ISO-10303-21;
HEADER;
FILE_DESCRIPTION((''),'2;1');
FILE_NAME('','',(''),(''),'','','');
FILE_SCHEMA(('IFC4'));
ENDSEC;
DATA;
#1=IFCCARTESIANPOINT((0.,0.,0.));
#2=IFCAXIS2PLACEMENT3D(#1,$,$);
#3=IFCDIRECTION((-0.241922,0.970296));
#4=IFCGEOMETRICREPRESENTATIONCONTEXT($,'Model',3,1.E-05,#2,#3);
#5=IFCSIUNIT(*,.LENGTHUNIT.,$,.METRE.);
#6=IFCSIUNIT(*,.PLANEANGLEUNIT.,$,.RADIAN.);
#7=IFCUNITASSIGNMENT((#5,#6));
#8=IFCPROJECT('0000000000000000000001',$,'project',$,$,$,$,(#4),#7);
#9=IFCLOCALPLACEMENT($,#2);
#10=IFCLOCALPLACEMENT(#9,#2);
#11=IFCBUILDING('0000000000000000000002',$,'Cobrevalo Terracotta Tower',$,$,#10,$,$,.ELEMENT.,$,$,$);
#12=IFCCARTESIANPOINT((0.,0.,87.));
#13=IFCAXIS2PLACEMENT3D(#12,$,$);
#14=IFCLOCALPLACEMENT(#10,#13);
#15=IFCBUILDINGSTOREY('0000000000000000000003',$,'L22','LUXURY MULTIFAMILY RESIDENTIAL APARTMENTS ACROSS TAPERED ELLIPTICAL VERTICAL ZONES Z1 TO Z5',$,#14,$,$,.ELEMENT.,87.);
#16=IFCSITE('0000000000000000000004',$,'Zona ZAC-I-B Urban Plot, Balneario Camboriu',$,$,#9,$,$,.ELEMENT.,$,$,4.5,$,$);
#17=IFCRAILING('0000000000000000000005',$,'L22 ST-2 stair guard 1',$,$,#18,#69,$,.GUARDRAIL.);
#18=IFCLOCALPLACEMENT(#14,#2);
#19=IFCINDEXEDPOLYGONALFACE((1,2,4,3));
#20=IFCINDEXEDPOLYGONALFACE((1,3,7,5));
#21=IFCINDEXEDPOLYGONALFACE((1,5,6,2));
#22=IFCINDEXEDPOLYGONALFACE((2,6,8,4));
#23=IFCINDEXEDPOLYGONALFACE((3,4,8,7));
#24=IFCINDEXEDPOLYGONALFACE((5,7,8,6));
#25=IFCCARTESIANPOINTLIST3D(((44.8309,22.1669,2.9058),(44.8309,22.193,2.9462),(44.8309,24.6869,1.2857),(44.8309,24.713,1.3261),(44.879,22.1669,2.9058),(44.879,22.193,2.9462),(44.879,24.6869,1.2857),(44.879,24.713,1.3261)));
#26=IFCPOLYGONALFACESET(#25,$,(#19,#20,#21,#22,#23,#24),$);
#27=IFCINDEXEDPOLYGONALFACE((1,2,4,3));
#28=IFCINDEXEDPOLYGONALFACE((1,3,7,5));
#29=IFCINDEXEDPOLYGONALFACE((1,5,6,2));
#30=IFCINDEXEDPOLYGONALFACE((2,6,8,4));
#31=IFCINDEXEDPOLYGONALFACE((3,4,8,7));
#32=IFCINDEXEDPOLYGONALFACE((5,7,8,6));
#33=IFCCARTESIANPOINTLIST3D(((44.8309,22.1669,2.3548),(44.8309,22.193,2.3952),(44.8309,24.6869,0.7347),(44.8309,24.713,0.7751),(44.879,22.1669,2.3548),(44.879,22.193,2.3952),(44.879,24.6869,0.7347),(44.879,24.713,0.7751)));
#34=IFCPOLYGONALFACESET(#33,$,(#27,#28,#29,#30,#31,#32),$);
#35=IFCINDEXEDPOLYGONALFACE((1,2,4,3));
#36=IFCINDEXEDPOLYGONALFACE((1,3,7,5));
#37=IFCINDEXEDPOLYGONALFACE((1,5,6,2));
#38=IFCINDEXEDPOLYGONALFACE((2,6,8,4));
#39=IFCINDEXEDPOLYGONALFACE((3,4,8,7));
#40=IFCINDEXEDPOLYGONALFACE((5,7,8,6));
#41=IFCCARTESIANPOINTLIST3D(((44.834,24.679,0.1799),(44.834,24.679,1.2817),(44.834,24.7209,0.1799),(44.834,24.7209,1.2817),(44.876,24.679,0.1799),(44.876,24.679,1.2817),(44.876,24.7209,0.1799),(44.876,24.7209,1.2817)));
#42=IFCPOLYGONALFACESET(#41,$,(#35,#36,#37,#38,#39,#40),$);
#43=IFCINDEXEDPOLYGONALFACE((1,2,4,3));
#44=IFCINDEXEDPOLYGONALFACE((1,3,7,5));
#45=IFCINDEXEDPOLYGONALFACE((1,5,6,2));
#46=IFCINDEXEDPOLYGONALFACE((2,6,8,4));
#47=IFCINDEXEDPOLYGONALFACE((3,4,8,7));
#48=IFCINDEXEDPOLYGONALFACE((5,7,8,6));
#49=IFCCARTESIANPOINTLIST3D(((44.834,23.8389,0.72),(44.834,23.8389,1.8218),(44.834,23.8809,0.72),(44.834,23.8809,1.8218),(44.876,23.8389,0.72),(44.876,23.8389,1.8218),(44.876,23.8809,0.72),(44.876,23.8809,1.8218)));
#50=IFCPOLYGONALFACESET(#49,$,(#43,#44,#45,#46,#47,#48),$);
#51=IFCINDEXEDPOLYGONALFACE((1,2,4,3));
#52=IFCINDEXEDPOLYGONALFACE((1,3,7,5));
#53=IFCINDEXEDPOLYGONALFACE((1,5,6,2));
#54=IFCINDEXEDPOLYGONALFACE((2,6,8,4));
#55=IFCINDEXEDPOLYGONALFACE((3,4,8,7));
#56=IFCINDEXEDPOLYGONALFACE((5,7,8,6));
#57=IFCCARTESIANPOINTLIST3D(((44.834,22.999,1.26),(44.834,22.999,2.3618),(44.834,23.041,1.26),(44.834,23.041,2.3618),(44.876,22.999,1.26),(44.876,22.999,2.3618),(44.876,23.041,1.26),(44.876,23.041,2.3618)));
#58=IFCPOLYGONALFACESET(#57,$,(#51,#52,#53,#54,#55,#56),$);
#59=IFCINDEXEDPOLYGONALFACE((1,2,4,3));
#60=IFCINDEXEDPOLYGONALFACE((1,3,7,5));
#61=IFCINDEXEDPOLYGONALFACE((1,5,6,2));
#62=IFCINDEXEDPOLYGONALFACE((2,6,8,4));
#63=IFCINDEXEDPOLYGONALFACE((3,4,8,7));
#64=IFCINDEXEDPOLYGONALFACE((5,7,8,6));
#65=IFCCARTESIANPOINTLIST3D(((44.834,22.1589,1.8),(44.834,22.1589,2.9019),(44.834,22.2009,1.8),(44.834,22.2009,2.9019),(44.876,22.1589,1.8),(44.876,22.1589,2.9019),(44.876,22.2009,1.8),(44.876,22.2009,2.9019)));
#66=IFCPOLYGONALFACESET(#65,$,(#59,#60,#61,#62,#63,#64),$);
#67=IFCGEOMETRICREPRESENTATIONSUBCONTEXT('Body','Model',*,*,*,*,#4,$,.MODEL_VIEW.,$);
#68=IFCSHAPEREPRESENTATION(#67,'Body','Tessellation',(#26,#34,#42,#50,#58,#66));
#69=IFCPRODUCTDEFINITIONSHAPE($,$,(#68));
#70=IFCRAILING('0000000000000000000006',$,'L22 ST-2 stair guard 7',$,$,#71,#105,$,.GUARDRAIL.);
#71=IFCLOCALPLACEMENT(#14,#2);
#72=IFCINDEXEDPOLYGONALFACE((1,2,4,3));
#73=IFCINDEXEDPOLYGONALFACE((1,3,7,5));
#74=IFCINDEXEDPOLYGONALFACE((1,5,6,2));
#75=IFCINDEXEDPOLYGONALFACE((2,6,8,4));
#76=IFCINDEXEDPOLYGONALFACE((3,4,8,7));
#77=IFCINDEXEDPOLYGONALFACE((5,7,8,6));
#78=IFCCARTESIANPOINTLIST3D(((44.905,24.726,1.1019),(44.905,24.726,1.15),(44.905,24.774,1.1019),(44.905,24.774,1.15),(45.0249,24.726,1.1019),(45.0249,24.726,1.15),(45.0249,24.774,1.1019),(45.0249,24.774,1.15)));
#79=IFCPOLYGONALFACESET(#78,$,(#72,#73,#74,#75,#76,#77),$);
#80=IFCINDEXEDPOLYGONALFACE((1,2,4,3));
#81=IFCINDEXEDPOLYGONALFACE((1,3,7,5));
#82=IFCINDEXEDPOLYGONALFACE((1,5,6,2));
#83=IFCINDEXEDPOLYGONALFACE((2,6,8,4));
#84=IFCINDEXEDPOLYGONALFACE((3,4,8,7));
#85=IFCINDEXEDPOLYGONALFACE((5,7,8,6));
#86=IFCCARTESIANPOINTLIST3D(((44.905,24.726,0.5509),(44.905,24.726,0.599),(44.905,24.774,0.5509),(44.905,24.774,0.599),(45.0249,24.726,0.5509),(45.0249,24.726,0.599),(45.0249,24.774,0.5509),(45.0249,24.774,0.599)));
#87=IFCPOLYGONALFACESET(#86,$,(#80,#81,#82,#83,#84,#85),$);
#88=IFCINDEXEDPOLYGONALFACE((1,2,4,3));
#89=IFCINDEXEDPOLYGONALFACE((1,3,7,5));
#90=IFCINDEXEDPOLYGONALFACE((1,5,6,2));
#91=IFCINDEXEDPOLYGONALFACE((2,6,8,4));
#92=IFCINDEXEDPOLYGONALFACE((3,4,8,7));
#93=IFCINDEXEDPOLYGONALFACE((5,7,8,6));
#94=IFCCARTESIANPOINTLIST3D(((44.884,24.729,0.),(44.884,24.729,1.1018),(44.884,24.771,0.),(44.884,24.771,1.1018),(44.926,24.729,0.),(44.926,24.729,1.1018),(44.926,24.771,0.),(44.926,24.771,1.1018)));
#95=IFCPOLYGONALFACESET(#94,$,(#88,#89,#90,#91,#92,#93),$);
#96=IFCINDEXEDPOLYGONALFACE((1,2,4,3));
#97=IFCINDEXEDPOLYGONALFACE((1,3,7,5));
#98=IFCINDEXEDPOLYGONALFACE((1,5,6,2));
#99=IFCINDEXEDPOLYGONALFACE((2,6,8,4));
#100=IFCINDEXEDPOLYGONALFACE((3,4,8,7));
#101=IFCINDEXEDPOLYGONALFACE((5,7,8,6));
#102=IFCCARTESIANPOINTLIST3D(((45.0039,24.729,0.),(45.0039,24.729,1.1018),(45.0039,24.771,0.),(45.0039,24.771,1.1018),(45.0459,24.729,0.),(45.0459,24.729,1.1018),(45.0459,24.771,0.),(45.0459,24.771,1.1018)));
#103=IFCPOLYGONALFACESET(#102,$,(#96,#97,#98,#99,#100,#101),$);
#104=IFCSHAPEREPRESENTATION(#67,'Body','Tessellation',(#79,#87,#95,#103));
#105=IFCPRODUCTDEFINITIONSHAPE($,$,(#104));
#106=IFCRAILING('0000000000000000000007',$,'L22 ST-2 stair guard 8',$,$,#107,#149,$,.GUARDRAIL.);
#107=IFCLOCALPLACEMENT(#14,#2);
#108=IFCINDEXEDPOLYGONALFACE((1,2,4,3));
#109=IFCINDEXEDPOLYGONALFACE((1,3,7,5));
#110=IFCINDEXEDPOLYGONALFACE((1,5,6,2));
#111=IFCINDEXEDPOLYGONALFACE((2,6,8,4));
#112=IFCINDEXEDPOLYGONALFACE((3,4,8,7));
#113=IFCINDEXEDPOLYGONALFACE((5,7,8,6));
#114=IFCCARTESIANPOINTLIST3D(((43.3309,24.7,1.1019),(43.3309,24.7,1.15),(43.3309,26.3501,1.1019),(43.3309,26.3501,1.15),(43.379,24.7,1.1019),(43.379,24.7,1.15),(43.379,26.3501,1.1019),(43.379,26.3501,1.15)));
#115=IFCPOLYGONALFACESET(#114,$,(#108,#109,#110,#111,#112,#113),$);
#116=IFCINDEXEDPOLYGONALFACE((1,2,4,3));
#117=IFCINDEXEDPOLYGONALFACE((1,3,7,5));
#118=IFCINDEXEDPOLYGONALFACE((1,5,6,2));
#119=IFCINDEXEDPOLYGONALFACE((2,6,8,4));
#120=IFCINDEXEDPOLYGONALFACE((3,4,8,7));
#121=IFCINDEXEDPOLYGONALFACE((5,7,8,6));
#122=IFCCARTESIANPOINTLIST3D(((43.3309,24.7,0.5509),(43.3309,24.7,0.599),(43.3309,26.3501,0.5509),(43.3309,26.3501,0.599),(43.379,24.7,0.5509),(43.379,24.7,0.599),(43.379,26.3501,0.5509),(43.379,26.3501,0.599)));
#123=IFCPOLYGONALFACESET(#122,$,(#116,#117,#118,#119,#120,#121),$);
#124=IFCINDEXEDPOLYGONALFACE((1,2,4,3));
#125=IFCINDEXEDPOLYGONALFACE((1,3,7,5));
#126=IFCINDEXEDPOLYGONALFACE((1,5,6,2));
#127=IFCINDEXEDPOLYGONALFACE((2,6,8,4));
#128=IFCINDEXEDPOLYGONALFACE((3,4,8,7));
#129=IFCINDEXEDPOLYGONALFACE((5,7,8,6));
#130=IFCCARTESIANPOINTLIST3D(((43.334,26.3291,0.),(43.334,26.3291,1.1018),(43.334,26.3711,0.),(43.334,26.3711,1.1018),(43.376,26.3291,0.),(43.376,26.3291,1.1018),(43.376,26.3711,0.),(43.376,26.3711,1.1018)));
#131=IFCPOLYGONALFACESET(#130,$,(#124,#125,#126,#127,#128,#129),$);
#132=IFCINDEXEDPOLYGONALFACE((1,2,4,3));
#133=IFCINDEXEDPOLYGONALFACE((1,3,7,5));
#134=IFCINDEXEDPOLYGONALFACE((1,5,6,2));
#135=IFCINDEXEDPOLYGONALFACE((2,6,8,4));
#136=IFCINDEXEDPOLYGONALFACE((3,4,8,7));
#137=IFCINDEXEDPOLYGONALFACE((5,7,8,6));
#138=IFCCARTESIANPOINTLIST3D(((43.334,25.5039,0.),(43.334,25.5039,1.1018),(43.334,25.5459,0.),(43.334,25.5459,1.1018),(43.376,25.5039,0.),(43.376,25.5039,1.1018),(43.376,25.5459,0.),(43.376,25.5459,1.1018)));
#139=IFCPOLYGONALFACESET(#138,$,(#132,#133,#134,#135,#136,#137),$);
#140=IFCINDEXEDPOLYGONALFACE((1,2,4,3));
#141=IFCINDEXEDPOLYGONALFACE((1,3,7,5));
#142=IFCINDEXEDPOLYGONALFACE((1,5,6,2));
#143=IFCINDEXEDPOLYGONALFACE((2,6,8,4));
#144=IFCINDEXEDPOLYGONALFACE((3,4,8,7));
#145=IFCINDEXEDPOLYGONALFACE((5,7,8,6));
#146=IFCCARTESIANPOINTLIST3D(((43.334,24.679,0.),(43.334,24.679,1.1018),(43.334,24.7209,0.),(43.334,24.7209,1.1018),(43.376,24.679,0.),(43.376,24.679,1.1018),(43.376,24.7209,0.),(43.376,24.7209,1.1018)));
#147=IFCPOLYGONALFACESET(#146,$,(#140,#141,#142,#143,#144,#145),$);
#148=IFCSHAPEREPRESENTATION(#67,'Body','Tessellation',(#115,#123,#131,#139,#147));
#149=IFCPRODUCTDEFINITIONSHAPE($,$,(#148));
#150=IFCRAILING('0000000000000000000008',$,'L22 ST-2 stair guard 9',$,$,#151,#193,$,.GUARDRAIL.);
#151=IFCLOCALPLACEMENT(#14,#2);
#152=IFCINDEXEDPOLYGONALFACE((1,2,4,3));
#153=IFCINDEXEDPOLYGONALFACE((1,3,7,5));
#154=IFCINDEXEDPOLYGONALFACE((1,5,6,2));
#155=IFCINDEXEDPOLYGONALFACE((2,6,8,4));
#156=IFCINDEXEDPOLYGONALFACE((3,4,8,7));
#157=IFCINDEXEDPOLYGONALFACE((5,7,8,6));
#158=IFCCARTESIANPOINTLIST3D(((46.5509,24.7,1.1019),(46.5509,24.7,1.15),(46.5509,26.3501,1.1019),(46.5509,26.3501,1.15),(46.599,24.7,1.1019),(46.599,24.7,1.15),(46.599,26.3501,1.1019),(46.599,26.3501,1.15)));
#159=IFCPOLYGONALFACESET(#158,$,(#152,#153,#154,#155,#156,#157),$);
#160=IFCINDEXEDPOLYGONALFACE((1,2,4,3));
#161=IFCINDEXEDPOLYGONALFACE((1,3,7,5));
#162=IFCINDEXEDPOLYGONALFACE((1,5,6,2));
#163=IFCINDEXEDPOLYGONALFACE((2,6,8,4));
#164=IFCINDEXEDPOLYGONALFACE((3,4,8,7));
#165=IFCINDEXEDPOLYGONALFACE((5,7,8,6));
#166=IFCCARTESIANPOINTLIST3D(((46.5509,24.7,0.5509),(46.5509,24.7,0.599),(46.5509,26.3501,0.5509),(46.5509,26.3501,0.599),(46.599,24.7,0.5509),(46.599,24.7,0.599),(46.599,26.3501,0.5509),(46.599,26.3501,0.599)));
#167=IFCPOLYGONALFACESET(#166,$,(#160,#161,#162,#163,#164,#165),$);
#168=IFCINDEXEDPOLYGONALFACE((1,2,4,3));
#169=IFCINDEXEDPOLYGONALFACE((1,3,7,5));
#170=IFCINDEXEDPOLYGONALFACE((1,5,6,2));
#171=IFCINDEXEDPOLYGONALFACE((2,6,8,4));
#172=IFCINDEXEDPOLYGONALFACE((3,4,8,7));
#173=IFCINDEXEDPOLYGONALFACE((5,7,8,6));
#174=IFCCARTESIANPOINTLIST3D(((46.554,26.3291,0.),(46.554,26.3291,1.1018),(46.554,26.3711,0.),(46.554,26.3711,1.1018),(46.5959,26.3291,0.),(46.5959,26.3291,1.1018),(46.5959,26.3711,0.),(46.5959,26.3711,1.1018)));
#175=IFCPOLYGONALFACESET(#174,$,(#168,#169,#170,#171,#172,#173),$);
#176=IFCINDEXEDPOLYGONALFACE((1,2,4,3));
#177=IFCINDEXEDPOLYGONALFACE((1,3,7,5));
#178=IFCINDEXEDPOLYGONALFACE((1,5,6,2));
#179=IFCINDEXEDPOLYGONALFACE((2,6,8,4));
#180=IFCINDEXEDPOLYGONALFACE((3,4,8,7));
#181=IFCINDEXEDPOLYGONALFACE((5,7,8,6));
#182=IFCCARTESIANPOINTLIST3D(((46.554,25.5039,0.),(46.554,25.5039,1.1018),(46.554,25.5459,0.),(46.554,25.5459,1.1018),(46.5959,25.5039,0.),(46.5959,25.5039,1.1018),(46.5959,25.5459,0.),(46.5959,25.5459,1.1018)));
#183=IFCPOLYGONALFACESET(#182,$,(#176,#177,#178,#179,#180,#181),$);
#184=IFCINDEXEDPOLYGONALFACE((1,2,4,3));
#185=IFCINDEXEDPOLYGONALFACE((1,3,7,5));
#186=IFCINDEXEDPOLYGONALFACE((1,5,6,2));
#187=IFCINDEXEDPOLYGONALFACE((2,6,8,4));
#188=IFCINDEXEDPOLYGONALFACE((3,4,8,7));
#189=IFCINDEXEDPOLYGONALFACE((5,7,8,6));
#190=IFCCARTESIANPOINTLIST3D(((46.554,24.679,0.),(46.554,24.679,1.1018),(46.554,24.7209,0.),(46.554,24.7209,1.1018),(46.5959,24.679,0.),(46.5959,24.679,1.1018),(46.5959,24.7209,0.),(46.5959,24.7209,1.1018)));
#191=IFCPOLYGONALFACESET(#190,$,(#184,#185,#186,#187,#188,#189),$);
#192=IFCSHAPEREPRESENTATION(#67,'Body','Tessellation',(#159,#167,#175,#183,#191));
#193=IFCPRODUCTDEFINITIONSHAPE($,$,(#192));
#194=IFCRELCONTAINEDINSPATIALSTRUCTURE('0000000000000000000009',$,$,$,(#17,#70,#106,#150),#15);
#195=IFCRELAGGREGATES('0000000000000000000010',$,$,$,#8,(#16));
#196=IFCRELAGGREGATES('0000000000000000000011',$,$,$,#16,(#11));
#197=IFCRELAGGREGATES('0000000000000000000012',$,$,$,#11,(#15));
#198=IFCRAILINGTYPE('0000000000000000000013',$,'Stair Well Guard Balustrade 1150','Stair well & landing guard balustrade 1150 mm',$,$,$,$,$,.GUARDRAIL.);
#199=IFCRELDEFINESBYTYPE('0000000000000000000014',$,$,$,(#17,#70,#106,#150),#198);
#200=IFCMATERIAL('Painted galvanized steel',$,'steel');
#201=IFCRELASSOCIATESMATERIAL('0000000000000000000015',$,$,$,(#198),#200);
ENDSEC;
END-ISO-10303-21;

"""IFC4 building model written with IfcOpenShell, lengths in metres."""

from ifc_helpers import new_model, si_unit, direction, frame, origin, origin_2d, place, context, subcontext, project, spatial, rectangle, extrude, material, type_object, element, save


model = new_model("IFC4")

# Units and contexts
model_context = context("Model", 3, precision=1e-05, world=origin(), true_north=direction((-0.241922, 0.970296)))
body_context = subcontext(model_context, "Body", "Model", "MODEL_VIEW")
ifc_project = project(units=[si_unit("LENGTHUNIT", "METRE"), si_unit("PLANEANGLEUNIT", "RADIAN")], contexts=[model_context])

# Site, building, storey
site_placement = place(None, origin())
site = spatial("IfcSite", under=ifc_project, at=site_placement, Name="Zona ZAC-I-B Urban Plot, Balneario Camboriu", CompositionType="ELEMENT", RefElevation=4.5)
building_placement = place(site_placement, origin())
building = spatial("IfcBuilding", under=site, at=building_placement, Name="Cobrevalo Terracotta Tower", CompositionType="ELEMENT")
storey_placement = place(building_placement, frame((0.0, 0.0, 87.0)))
storey = spatial("IfcBuildingStorey", under=building, at=storey_placement, Name="L22", Description="LUXURY MULTIFAMILY RESIDENTIAL APARTMENTS ACROSS TAPERED ELLIPTICAL VERTICAL ZONES Z1 TO Z5", CompositionType="ELEMENT", Elevation=87.0)

# Railings
ifc_material_1 = material(Name="Painted galvanized steel", Category="steel")
railing_type_1 = type_object("IfcRailingType", Name="Stair Well Guard Balustrade 1150", Description="Stair well & landing guard balustrade 1150 mm", PredefinedType="GUARDRAIL", material=ifc_material_1)
railing_1_placement = place(storey_placement, frame((44.855, 24.7, 0.1799)))
element("IfcRailing", 1, at=railing_1_placement, inside=storey, type_object=railing_type_1, Name="L22 ST-2 stair guard 1", PredefinedType="GUARDRAIL", context=body_context, shape_type="SweptSolid", body=[
    extrude(rectangle(XDim=0.0481, YDim=0.0481, at=origin_2d()), frame((0.0, 0.0, 1.126), z_axis=(0.0, -0.841163, 0.540782), x_axis=(1.0, 0.0, 0.0)), (0.0, 0.0, 1.0), 2.9958),
    extrude(rectangle(XDim=0.0481, YDim=0.0481, at=origin_2d()), frame((0.0, 0.0, 0.575), z_axis=(0.0, -0.841163, 0.540782), x_axis=(1.0, 0.0, 0.0)), (0.0, 0.0, 1.0), 2.9958),
    extrude(rectangle(XDim=0.042, YDim=0.042, at=origin_2d()), origin(), (0.0, 0.0, 1.0), 1.1018),
    extrude(rectangle(XDim=0.042, YDim=0.042, at=origin_2d()), frame((0.0, -0.8401, 0.54)), (0.0, 0.0, 1.0), 1.1018),
    extrude(rectangle(XDim=0.042, YDim=0.042, at=origin_2d()), frame((0.0, -1.6799, 1.0801)), (0.0, 0.0, 1.0), 1.1018),
    extrude(rectangle(XDim=0.042, YDim=0.042, at=origin_2d()), frame((0.0, -2.52, 1.6201)), (0.0, 0.0, 1.0), 1.1018),
])
railing_2_placement = place(storey_placement, frame((44.905, 24.75, 0.0)))
element("IfcRailing", 2, at=railing_2_placement, inside=storey, type_object=railing_type_1, Name="L22 ST-2 stair guard 7", PredefinedType="GUARDRAIL", context=body_context, shape_type="SweptSolid", body=[
    extrude(rectangle(XDim=0.0481, YDim=0.0481, at=origin_2d()), frame((0.0, 0.0, 1.126), z_axis=(1.0, 0.0, 0.0), x_axis=(0.0, 1.0, 0.0)), (0.0, 0.0, 1.0), 0.1199),
    extrude(rectangle(XDim=0.0481, YDim=0.0481, at=origin_2d()), frame((0.0, 0.0, 0.575), z_axis=(1.0, 0.0, 0.0), x_axis=(0.0, 1.0, 0.0)), (0.0, 0.0, 1.0), 0.1199),
    extrude(rectangle(XDim=0.042, YDim=0.042, at=origin_2d()), origin(), (0.0, 0.0, 1.0), 1.1018),
    extrude(rectangle(XDim=0.042, YDim=0.042, at=origin_2d()), frame((0.1199, 0.0, 0.0)), (0.0, 0.0, 1.0), 1.1018),
])
for number, where, name in (
    (3, (43.355, 26.3501, 0.0), "L22 ST-2 stair guard 8"),
    (4, (46.575, 26.3501, 0.0), "L22 ST-2 stair guard 9"),
):
    element("IfcRailing", number, at=place(storey_placement, frame(where)), inside=storey, type_object=railing_type_1, Name=name, PredefinedType="GUARDRAIL", context=body_context, shape_type="SweptSolid", body=[
        extrude(rectangle(XDim=0.0481, YDim=0.0481, at=origin_2d()), frame((0.0, 0.0, 1.126), z_axis=(0.0, -1.0, 0.0), x_axis=(1.0, 0.0, 0.0)), (0.0, 0.0, 1.0), 1.6501),
        extrude(rectangle(XDim=0.0481, YDim=0.0481, at=origin_2d()), frame((0.0, 0.0, 0.575), z_axis=(0.0, -1.0, 0.0), x_axis=(1.0, 0.0, 0.0)), (0.0, 0.0, 1.0), 1.6501),
        extrude(rectangle(XDim=0.042, YDim=0.042, at=origin_2d()), origin(), (0.0, 0.0, 1.0), 1.1018),
        extrude(rectangle(XDim=0.042, YDim=0.042, at=origin_2d()), frame((0.0, -0.8252, 0.0)), (0.0, 0.0, 1.0), 1.1018),
        extrude(rectangle(XDim=0.042, YDim=0.042, at=origin_2d()), frame((0.0, -1.6501, 0.0)), (0.0, 0.0, 1.0), 1.1018),
    ])

save(model, "model.ifc")
